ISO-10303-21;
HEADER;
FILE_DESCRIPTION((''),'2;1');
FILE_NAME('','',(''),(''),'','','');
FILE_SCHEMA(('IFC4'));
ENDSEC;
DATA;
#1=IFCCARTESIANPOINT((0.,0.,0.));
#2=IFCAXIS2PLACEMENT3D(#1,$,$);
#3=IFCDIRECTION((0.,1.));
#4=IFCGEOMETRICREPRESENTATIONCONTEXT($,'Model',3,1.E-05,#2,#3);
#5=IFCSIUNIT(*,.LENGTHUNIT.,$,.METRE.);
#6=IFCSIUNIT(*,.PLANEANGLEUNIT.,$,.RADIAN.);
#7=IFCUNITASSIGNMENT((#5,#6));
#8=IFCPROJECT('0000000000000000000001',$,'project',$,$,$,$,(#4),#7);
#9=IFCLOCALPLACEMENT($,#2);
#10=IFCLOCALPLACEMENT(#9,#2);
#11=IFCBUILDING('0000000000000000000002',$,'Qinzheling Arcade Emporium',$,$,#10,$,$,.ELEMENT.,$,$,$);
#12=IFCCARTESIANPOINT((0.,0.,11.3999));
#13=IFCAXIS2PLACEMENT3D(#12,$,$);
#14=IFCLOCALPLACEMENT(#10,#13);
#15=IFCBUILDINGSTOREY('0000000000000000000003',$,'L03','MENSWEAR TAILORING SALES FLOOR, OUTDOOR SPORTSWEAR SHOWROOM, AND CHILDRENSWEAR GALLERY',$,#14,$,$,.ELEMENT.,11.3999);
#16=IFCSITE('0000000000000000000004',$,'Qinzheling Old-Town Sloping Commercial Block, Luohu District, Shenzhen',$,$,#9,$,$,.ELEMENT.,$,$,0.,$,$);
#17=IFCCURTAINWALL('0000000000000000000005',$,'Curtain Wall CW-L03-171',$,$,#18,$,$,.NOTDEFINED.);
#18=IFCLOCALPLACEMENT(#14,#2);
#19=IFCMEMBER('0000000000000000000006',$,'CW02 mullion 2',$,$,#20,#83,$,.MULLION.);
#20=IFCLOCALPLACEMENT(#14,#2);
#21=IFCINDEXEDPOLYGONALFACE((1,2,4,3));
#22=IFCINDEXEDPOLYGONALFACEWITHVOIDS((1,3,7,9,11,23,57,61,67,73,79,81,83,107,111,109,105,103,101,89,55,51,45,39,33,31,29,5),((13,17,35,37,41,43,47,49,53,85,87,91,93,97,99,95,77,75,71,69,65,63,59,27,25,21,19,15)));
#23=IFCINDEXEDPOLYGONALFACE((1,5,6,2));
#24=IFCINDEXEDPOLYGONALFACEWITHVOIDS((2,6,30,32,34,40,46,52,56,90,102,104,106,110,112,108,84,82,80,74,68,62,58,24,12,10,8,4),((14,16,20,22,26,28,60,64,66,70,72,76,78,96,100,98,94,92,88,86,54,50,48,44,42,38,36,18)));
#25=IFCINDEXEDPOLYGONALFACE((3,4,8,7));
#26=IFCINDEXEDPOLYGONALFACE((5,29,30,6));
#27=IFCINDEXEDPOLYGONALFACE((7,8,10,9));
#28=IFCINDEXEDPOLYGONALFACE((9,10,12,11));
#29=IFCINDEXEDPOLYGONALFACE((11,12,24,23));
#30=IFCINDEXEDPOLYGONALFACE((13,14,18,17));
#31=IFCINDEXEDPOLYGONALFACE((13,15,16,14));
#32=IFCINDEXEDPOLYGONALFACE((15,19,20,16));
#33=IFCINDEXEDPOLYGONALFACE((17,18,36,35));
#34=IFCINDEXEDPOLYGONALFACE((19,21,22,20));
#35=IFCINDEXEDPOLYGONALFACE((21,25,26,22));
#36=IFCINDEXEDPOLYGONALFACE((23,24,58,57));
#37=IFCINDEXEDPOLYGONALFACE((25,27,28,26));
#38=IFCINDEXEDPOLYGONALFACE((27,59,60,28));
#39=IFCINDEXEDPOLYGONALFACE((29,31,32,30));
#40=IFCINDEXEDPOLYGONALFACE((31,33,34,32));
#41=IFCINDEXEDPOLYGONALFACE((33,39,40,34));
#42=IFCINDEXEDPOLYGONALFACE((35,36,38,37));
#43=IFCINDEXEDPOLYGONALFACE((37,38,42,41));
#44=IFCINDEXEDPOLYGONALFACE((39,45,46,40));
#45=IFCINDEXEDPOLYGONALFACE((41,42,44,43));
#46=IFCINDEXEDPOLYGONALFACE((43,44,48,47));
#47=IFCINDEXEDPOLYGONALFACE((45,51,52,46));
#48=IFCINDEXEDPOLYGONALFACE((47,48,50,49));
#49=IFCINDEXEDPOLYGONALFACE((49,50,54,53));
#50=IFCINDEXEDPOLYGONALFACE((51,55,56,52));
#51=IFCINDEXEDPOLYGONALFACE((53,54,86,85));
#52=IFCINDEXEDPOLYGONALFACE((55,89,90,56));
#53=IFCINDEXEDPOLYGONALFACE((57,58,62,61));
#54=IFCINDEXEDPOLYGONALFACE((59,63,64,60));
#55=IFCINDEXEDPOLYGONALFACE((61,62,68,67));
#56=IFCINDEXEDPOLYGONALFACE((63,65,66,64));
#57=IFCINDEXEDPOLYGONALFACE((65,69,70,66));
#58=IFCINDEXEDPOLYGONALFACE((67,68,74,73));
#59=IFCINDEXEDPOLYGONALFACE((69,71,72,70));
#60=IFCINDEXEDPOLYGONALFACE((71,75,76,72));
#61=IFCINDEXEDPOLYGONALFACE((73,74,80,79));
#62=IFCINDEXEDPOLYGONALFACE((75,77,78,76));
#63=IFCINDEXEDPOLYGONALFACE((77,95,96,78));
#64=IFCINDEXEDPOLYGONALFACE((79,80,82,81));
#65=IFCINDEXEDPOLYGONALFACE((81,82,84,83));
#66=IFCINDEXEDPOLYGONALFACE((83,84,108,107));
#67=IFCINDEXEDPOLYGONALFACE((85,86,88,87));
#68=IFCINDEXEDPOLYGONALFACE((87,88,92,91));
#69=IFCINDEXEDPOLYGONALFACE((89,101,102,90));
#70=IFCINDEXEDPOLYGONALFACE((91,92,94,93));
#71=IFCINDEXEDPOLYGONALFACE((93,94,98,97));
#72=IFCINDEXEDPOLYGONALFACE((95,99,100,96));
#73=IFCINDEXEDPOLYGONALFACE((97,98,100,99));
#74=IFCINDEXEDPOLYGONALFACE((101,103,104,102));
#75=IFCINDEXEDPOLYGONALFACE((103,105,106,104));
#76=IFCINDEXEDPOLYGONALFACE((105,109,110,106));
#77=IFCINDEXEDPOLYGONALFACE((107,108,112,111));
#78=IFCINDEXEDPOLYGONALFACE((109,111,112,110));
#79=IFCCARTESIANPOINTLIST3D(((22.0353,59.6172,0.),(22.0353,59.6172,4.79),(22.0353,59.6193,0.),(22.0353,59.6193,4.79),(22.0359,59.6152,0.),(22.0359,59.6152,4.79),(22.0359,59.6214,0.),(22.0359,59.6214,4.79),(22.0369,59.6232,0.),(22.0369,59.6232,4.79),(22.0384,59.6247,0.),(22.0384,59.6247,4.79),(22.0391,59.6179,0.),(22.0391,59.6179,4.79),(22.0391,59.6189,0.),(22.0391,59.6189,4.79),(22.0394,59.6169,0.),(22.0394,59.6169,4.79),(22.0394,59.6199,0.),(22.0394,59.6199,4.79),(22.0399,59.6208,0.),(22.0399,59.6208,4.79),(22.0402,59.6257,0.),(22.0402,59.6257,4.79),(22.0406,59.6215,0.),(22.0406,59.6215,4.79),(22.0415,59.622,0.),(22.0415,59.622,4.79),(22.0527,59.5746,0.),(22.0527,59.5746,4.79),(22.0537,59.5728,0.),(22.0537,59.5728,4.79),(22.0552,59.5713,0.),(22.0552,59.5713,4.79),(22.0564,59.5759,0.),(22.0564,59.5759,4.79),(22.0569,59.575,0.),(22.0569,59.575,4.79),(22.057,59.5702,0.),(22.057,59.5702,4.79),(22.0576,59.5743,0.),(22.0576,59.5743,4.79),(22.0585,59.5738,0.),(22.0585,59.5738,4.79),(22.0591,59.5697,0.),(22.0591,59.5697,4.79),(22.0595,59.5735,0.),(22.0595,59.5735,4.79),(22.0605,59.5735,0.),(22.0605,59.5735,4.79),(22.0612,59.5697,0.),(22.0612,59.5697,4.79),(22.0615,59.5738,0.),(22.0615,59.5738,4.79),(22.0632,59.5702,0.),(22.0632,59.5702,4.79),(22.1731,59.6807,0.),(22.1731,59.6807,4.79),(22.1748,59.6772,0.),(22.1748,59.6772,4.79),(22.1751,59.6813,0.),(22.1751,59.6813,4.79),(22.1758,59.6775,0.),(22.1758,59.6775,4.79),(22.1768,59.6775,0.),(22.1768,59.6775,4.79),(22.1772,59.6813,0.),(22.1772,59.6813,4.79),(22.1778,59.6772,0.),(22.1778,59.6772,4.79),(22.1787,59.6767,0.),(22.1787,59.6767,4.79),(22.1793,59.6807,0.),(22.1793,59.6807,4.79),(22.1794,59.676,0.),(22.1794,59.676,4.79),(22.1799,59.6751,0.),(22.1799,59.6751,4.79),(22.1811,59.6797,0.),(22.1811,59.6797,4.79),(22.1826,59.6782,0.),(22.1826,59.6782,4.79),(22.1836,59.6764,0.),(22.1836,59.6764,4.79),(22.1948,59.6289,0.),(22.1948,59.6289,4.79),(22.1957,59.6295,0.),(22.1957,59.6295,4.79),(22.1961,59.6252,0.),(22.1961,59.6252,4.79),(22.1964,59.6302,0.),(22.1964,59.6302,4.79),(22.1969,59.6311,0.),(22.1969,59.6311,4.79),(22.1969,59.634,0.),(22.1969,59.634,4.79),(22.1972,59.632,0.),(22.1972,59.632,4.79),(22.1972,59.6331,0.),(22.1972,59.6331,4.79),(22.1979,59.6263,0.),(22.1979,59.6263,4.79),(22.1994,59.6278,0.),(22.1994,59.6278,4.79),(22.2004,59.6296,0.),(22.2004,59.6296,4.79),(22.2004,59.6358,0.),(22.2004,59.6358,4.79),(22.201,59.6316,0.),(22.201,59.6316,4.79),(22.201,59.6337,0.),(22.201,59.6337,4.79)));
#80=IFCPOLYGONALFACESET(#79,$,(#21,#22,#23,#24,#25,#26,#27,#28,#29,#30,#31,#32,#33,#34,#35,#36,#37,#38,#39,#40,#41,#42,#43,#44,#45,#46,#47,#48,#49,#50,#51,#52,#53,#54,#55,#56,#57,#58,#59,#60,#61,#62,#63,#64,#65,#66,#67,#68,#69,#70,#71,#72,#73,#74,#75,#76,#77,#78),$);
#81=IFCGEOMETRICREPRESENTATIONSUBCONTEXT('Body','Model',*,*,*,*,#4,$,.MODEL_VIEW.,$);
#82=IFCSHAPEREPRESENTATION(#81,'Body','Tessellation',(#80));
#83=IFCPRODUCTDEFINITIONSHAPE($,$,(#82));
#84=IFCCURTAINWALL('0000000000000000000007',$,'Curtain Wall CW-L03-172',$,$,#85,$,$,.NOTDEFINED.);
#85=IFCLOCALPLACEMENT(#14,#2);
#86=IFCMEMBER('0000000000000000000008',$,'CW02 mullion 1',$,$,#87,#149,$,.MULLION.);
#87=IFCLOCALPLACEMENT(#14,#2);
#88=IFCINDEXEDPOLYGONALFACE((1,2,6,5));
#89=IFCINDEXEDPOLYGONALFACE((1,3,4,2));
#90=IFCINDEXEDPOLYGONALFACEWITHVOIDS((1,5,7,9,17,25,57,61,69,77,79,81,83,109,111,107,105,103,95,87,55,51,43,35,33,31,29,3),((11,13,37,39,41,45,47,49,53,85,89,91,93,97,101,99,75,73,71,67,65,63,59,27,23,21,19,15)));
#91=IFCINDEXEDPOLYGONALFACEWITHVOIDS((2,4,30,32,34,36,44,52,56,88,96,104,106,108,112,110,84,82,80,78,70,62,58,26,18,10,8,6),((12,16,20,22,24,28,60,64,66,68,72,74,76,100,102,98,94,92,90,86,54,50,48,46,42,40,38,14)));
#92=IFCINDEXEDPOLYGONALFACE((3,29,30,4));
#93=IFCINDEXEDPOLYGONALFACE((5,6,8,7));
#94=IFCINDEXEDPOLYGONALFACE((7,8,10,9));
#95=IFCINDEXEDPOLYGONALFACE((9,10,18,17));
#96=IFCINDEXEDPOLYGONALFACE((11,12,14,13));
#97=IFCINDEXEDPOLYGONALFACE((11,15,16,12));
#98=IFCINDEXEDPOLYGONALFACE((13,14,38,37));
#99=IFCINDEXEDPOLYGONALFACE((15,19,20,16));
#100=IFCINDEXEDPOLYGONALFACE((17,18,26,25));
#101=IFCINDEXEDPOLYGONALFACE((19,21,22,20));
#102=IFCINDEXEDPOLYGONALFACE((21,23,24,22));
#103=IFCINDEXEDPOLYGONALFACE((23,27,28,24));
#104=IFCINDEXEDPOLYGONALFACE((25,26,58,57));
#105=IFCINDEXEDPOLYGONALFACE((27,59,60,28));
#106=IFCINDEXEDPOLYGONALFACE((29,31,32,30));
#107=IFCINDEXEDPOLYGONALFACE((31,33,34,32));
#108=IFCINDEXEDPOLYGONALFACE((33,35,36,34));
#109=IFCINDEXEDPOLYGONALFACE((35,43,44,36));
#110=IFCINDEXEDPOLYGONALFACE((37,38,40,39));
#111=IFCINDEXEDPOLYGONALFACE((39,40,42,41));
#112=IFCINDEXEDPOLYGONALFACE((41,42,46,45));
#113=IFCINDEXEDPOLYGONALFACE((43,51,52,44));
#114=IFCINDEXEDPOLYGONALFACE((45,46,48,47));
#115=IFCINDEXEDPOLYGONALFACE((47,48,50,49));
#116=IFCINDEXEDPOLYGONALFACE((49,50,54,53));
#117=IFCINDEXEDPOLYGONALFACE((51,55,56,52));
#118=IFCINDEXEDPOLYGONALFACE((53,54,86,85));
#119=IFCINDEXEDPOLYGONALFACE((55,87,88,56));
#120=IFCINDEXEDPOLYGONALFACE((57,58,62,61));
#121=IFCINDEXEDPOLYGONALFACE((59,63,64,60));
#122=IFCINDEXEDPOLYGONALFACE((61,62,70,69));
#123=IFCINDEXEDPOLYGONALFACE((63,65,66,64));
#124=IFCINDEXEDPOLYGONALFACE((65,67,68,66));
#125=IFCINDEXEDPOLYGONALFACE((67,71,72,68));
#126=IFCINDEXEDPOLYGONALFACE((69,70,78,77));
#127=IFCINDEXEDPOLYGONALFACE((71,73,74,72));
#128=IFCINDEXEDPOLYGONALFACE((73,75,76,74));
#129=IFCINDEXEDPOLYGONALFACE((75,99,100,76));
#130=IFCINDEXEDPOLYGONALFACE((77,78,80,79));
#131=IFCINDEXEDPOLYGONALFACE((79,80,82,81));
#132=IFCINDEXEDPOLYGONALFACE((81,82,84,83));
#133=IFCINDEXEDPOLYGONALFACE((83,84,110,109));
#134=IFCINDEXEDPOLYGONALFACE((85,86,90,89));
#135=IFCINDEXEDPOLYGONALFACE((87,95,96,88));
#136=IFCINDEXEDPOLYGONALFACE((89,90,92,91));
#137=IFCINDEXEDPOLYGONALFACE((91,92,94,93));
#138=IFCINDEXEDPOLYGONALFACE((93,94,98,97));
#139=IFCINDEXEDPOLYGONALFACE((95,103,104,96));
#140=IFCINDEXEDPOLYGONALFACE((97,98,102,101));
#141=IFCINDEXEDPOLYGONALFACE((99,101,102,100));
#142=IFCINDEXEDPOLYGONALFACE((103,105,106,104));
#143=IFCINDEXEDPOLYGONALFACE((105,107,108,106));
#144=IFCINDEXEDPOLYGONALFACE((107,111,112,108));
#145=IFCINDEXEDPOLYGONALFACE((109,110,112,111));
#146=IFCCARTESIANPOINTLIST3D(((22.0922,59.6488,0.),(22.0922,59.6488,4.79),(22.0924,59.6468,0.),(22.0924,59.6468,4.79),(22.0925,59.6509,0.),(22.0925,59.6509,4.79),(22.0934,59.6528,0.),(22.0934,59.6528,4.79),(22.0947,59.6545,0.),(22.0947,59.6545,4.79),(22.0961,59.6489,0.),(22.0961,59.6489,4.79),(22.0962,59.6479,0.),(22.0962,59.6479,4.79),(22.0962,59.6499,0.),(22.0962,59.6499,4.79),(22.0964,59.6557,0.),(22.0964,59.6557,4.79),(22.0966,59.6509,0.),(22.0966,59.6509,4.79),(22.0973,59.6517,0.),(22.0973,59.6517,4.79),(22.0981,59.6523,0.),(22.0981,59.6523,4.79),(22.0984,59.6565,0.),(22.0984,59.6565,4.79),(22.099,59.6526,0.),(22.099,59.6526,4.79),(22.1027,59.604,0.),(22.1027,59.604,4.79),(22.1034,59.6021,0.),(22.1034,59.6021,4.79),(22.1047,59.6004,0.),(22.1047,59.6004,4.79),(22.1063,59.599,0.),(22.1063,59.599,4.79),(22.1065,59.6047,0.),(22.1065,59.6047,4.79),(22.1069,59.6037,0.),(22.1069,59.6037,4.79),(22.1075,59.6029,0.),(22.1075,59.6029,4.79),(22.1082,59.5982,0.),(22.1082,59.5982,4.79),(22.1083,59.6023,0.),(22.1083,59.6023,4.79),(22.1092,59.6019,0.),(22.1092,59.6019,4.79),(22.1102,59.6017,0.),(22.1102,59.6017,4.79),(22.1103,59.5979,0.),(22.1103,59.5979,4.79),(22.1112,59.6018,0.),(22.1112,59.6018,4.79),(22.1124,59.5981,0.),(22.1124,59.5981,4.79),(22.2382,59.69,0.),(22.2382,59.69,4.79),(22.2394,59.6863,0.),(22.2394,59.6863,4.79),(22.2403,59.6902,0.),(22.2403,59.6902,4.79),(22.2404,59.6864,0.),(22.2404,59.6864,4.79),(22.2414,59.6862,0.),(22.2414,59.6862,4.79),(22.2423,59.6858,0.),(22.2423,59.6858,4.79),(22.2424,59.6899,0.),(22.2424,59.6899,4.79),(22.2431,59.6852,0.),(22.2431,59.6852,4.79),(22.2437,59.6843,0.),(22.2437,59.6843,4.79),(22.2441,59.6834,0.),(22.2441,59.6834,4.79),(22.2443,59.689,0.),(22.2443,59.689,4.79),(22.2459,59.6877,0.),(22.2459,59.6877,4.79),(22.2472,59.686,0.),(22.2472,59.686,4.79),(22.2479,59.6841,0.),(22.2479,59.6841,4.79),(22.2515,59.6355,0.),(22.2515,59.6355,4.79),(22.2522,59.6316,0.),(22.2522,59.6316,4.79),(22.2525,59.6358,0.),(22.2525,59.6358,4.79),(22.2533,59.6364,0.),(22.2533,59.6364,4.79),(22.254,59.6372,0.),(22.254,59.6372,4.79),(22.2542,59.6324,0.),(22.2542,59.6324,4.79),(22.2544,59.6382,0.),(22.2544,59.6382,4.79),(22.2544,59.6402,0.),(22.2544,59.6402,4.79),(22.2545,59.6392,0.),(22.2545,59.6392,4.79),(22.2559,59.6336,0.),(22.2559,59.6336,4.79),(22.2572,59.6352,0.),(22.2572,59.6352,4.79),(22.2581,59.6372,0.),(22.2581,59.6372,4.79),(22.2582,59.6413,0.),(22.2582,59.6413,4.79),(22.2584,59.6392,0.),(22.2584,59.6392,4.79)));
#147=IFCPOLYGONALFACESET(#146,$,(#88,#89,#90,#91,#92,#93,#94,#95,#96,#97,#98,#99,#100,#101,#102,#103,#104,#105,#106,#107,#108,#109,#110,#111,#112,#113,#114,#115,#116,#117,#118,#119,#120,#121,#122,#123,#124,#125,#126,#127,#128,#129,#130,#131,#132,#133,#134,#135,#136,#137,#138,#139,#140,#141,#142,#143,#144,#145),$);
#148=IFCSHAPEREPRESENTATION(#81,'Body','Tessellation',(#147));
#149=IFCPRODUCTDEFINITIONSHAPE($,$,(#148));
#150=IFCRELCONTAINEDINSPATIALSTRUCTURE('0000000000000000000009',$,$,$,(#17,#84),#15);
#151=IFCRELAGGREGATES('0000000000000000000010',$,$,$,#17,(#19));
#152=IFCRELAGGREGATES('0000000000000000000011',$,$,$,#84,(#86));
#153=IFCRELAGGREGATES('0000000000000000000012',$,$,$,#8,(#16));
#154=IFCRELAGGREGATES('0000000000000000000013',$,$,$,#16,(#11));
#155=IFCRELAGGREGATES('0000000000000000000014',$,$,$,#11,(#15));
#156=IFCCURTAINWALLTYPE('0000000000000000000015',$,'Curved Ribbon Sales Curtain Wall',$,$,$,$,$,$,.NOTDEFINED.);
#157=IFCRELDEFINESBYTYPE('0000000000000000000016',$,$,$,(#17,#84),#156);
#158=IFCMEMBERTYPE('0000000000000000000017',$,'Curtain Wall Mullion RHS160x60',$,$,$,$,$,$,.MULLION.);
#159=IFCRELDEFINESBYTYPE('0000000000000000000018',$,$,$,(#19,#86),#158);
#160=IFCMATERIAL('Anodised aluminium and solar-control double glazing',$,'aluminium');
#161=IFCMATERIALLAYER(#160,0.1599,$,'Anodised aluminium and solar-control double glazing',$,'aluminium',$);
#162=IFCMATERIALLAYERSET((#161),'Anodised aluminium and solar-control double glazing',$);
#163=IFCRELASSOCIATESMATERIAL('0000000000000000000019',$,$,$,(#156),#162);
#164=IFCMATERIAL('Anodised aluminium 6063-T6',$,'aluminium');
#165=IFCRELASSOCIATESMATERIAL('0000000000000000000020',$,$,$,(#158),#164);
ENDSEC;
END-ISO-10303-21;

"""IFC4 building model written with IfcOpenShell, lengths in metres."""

from ifc_helpers import new_model, si_unit, direction, frame, origin, origin_2d, place, context, subcontext, project, spatial, hollow_rectangle, extrude, material, layer, layer_set, material_profile, profile_set, type_object, element, aggregate, save


model = new_model("IFC4")

# Units and contexts
model_context = context("Model", 3, precision=1e-05, world=origin(), true_north=direction((0.0, 1.0)))
body_context = subcontext(model_context, "Body", "Model", "MODEL_VIEW")
ifc_project = project(units=[si_unit("LENGTHUNIT", "METRE"), si_unit("PLANEANGLEUNIT", "RADIAN")], contexts=[model_context])

# Site, building, storey
site_placement = place(None, origin())
site = spatial("IfcSite", under=ifc_project, at=site_placement, Name="Qinzheling Old-Town Sloping Commercial Block, Luohu District, Shenzhen", CompositionType="ELEMENT", RefElevation=0.0)
building_placement = place(site_placement, origin())
building = spatial("IfcBuilding", under=site, at=building_placement, Name="Qinzheling Arcade Emporium", CompositionType="ELEMENT")
storey_placement = place(building_placement, frame((0.0, 0.0, 11.3999)))
storey = spatial("IfcBuildingStorey", under=building, at=storey_placement, Name="L03", Description="MENSWEAR TAILORING SALES FLOOR, OUTDOOR SPORTSWEAR SHOWROOM, AND CHILDRENSWEAR GALLERY", CompositionType="ELEMENT", Elevation=11.3999)

# Shared definitions
ifc_material_1 = material(Name="Anodised aluminium and solar-control double glazing", Category="aluminium")
ifc_layer_1 = layer(ifc_material_1, 0.1599, Name="Anodised aluminium and solar-control double glazing", Category="aluminium")
ifc_layer_set_1 = layer_set([ifc_layer_1], Name="Anodised aluminium and solar-control double glazing")
curtain_wall_type = type_object("IfcCurtainWallType", Name="Curved Ribbon Sales Curtain Wall", PredefinedType="NOTDEFINED", material=ifc_layer_set_1)
ifc_material_2 = material(Name="Anodised aluminium 6063-T6", Category="aluminium")
ifc_material_profile_1 = material_profile(ifc_material_2, hollow_rectangle(XDim=0.0601, YDim=0.1599, WallThickness=0.0039, InnerFilletRadius=0.0039, OuterFilletRadius=0.0081, at=origin_2d()), Name="RHS 160x60x4", Category="aluminium")
ifc_profile_set_1 = profile_set([ifc_material_profile_1], Name="Anodised aluminium 6063-T6")
member_type_1 = type_object("IfcMemberType", Name="Curtain Wall Mullion RHS160x60", PredefinedType="MULLION", material=ifc_profile_set_1)

# Curtain walls, members
curtain_wall_1_placement = place(storey_placement, origin())
curtain_wall_1 = element("IfcCurtainWall", 1, at=curtain_wall_1_placement, inside=storey, type_object=curtain_wall_type, Name="Curtain Wall CW-L03-171", PredefinedType="NOTDEFINED")
member_1_placement = place(storey_placement, frame((22.1182, 59.6255, 0.0), z_axis=(0.0, 0.0, 1.0), x_axis=(-0.38245, 0.923976, 0.0)))
member_1 = element("IfcMember", 2, at=member_1_placement, type_object=member_type_1, Name="CW02 mullion 2", PredefinedType="MULLION", context=body_context, shape_type="SweptSolid", body=[
    extrude(hollow_rectangle(XDim=0.0601, YDim=0.1599, WallThickness=0.0039, InnerFilletRadius=0.0039, OuterFilletRadius=0.0081, at=origin_2d()), origin(), (0.0, 0.0, 1.0), 4.79),
])
curtain_wall_2_placement = place(storey_placement, origin())
curtain_wall_2 = element("IfcCurtainWall", 3, at=curtain_wall_2_placement, inside=storey, type_object=curtain_wall_type, Name="Curtain Wall CW-L03-172", PredefinedType="NOTDEFINED")
member_2_placement = place(storey_placement, frame((22.1753, 59.644, 0.0), z_axis=(0.0, 0.0, 1.0), x_axis=(-0.233268, 0.972412, 0.0)))
member_2 = element("IfcMember", 4, at=member_2_placement, type_object=member_type_1, Name="CW02 mullion 1", PredefinedType="MULLION", context=body_context, shape_type="SweptSolid", body=[
    extrude(hollow_rectangle(XDim=0.0601, YDim=0.1599, WallThickness=0.0039, InnerFilletRadius=0.0039, OuterFilletRadius=0.0081, at=origin_2d()), origin(), (0.0, 0.0, 1.0), 4.79),
])

aggregate(curtain_wall_1, [member_1])
aggregate(curtain_wall_2, [member_2])

save(model, "model.ifc")
